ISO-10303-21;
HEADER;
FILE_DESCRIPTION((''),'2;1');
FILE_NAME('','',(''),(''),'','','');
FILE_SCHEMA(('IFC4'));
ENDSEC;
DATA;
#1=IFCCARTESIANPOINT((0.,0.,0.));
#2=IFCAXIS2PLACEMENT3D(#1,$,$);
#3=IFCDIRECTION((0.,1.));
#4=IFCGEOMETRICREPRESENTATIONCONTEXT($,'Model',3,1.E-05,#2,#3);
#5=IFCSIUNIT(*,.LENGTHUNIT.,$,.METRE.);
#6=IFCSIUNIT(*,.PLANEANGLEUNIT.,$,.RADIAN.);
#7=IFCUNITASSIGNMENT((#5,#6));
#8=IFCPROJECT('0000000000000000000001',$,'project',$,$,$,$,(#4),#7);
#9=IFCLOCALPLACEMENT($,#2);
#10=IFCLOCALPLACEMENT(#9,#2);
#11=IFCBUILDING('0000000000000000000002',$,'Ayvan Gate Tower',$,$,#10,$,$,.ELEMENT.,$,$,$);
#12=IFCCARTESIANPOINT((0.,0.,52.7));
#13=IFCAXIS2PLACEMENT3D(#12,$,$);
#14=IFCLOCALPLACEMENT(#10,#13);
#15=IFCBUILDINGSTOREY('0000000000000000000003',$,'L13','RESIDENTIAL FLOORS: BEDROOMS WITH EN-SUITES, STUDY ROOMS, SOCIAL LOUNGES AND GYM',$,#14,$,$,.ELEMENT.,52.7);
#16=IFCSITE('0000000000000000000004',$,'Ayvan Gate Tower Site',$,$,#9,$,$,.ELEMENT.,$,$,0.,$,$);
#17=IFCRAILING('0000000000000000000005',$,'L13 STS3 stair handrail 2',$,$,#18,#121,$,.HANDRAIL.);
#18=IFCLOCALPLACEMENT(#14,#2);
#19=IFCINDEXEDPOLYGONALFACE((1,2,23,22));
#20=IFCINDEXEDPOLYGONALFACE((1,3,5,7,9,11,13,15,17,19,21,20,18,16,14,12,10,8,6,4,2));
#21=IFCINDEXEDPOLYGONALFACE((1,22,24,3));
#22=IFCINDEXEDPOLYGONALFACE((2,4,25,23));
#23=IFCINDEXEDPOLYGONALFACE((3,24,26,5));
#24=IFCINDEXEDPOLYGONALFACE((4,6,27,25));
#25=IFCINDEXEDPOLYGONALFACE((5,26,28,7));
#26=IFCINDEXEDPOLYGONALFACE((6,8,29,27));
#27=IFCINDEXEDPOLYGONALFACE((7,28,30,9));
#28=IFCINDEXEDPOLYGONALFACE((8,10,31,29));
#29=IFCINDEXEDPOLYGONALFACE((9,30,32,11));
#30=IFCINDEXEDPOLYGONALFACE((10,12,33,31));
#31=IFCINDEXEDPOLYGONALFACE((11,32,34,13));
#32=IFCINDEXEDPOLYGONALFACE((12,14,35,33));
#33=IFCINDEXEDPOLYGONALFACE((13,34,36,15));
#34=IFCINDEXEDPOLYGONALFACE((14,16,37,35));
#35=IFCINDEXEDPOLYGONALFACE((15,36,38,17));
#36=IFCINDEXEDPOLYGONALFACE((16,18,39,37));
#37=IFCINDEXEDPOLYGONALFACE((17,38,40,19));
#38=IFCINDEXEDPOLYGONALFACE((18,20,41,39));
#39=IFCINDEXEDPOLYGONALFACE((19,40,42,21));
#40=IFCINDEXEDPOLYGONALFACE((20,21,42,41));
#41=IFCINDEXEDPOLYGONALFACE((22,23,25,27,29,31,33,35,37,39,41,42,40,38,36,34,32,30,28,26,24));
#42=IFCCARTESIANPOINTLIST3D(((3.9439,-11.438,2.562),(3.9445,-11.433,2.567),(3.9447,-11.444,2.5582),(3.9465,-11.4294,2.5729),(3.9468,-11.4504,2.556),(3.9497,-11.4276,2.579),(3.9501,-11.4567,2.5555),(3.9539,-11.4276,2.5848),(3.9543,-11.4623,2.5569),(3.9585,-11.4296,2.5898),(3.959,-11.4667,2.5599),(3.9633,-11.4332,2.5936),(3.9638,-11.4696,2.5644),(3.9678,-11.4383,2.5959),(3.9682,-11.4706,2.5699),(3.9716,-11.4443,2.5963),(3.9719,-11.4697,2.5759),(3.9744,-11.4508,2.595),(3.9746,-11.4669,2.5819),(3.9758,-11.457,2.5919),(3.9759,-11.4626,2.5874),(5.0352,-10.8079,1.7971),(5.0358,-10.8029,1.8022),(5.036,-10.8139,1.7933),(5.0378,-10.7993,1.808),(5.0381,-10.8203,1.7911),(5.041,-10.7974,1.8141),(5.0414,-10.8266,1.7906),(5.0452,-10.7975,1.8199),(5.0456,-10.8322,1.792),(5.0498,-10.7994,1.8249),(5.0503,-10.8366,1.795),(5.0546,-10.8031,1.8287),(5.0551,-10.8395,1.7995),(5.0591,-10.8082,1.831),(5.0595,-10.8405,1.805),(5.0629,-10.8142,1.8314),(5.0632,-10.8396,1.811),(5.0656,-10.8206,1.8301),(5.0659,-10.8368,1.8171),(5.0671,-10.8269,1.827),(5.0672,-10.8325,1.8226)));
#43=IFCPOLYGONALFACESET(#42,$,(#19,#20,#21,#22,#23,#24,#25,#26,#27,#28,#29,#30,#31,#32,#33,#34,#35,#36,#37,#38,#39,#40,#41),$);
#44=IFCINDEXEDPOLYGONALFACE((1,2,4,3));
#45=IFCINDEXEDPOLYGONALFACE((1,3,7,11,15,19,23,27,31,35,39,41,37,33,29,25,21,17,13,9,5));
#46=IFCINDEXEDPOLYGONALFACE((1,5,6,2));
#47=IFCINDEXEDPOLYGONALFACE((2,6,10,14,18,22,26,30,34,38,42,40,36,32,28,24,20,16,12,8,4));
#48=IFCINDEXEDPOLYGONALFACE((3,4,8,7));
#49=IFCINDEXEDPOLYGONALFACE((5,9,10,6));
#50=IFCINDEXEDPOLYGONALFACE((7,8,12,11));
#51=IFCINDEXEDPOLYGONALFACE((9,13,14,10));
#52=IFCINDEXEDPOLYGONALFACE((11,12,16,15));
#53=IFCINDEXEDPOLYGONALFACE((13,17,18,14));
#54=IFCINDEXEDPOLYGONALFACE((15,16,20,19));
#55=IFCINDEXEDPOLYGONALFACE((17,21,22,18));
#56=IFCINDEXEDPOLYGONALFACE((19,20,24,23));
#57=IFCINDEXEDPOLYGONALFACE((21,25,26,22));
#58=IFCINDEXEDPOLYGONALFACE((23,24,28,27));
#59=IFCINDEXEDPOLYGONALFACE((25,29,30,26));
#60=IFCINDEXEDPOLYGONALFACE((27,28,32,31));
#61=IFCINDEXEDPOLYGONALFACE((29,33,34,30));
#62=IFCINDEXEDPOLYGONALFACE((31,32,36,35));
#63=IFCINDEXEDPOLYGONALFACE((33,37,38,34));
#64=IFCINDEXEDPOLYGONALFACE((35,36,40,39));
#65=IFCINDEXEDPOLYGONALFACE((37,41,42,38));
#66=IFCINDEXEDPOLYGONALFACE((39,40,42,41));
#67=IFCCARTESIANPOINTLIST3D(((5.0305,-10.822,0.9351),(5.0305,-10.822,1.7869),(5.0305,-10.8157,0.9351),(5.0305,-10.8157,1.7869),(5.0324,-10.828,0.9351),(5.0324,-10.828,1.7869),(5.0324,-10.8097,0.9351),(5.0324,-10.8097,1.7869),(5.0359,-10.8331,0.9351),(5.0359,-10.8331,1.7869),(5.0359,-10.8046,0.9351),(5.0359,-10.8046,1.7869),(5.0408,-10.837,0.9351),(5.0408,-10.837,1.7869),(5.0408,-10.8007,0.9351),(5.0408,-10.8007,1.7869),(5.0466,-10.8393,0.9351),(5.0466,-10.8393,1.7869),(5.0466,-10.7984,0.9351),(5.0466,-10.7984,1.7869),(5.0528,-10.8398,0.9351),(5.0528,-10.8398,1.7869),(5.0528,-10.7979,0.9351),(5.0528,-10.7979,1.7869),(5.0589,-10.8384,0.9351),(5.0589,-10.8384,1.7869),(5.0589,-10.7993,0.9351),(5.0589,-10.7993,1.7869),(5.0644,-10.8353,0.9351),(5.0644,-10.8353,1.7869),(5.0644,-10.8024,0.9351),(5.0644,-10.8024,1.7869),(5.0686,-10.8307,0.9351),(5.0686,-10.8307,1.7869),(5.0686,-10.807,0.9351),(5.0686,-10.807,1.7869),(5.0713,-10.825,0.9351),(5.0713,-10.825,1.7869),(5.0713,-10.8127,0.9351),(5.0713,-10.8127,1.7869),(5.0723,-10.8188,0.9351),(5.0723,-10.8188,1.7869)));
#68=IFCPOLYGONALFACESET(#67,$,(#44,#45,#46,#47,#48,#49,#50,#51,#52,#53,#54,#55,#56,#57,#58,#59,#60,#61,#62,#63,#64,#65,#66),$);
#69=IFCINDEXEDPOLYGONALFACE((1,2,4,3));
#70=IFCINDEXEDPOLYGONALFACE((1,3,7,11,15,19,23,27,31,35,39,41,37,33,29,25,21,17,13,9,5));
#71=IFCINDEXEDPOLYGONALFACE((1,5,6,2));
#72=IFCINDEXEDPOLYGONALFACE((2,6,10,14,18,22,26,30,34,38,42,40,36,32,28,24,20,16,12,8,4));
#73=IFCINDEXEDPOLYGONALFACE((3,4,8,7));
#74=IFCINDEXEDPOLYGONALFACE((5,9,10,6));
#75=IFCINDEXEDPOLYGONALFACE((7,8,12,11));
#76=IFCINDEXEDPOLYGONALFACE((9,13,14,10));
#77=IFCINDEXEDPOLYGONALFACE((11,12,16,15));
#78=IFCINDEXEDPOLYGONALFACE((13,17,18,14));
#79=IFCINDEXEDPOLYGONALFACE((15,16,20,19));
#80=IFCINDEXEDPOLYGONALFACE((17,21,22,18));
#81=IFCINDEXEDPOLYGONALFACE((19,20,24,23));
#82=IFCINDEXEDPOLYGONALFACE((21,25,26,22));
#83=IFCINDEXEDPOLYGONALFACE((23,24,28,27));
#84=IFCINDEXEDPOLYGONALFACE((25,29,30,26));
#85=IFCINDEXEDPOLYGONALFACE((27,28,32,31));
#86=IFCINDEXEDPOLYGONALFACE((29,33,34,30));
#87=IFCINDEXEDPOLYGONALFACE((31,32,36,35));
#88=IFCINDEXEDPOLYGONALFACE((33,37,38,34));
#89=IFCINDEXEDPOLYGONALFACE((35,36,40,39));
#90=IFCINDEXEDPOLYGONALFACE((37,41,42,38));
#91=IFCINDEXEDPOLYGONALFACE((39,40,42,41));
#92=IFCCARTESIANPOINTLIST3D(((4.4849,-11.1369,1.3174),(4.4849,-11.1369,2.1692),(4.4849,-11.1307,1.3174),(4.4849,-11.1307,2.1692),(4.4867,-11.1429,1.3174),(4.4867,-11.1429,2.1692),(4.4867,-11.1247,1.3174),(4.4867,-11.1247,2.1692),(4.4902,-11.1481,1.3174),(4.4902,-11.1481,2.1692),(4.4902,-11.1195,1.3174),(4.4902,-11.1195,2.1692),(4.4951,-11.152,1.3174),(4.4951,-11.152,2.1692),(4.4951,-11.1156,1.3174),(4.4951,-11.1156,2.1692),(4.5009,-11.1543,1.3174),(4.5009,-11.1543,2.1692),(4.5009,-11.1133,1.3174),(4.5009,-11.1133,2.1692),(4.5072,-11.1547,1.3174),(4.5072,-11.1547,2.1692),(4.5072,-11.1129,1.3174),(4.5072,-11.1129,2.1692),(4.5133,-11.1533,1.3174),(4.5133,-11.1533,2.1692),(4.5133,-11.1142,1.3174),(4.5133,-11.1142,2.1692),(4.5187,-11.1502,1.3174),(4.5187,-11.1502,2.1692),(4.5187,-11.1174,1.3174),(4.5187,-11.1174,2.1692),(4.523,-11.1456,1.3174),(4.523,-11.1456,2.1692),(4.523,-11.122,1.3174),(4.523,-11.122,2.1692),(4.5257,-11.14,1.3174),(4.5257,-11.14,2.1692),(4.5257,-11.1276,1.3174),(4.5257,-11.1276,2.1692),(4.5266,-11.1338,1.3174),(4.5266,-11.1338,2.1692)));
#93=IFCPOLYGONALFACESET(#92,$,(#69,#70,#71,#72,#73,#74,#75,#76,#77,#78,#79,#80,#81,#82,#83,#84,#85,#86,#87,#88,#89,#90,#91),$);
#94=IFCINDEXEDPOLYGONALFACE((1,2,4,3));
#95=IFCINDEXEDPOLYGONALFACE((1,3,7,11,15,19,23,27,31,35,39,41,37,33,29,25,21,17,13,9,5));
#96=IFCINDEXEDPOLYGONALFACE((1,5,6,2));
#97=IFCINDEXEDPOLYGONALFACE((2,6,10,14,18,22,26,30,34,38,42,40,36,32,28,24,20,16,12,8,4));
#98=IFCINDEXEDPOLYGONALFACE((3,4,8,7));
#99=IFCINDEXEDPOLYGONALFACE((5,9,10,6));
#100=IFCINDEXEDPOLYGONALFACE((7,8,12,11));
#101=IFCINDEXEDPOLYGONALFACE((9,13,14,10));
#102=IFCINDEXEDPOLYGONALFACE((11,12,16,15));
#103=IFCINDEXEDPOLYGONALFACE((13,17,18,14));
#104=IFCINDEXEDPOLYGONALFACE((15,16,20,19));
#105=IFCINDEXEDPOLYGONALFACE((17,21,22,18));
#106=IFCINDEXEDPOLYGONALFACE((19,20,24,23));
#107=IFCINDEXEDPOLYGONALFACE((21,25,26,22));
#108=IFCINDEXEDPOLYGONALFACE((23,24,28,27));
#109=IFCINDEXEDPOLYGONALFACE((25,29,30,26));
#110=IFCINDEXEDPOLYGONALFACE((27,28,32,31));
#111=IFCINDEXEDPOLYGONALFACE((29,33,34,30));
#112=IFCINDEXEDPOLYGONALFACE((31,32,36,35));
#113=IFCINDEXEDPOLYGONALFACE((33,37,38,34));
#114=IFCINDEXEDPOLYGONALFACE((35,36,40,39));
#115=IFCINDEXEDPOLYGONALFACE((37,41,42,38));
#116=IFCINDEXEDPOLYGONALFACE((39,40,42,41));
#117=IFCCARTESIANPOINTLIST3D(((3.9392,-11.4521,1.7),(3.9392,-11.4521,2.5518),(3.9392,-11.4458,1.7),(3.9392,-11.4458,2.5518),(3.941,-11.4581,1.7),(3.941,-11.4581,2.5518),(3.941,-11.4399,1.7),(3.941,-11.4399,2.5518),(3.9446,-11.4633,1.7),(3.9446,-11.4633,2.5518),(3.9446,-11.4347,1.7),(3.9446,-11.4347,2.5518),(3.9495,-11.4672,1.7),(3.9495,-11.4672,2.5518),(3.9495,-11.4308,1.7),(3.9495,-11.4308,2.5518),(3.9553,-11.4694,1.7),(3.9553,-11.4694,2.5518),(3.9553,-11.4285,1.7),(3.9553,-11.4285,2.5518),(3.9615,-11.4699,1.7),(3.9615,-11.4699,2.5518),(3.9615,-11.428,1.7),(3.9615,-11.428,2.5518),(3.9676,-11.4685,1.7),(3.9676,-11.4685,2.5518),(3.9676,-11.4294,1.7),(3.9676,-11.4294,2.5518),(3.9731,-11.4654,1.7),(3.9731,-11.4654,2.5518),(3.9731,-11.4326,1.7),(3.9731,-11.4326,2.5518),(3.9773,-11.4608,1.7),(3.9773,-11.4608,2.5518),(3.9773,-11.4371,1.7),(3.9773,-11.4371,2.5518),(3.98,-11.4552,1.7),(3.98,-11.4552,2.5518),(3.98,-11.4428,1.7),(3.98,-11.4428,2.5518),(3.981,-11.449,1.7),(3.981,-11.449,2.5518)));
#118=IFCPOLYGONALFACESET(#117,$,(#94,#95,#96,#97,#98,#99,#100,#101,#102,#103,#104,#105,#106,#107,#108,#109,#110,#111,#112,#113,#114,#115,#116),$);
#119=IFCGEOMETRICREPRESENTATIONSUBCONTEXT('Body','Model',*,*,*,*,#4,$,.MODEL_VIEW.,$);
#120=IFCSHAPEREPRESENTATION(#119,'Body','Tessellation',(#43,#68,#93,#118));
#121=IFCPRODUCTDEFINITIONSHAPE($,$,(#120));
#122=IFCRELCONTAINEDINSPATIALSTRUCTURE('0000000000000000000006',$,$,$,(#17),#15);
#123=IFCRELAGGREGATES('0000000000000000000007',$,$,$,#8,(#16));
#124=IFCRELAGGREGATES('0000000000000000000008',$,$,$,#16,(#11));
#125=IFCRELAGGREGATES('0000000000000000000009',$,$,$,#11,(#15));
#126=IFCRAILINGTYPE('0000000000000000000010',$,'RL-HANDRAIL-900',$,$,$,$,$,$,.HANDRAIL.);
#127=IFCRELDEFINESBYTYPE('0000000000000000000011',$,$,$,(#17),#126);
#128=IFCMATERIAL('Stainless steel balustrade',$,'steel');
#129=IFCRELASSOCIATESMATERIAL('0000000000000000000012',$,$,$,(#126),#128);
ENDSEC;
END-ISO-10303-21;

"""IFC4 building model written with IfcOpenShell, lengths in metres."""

from ifc_helpers import new_model, si_unit, direction, frame, origin, origin_2d, place, context, subcontext, project, spatial, circle, extrude, material, type_object, element, save


model = new_model("IFC4")

# Units and contexts
model_context = context("Model", 3, precision=1e-05, world=origin(), true_north=direction((0.0, 1.0)))
body_context = subcontext(model_context, "Body", "Model", "MODEL_VIEW")
ifc_project = project(units=[si_unit("LENGTHUNIT", "METRE"), si_unit("PLANEANGLEUNIT", "RADIAN")], contexts=[model_context])

# Site, building, storey
site_placement = place(None, origin())
site = spatial("IfcSite", under=ifc_project, at=site_placement, Name="Ayvan Gate Tower Site", CompositionType="ELEMENT", RefElevation=0.0)
building_placement = place(site_placement, origin())
building = spatial("IfcBuilding", under=site, at=building_placement, Name="Ayvan Gate Tower", CompositionType="ELEMENT")
storey_placement = place(building_placement, frame((0.0, 0.0, 52.7)))
storey = spatial("IfcBuildingStorey", under=building, at=storey_placement, Name="L13", Description="RESIDENTIAL FLOORS: BEDROOMS WITH EN-SUITES, STUDY ROOMS, SOCIAL LOUNGES AND GYM", CompositionType="ELEMENT", Elevation=52.7)

# Railing
ifc_material_1 = material(Name="Stainless steel balustrade", Category="steel")
railing_type_1 = type_object("IfcRailingType", Name="RL-HANDRAIL-900", PredefinedType="HANDRAIL", material=ifc_material_1)
railing_1_placement = place(storey_placement, frame((5.0513, -10.8188, 0.9351)))
element("IfcRailing", 1, at=railing_1_placement, inside=storey, type_object=railing_type_1, Name="L13 STS3 stair handrail 2", PredefinedType="HANDRAIL", context=body_context, shape_type="SweptSolid", body=[
    extrude(circle(Radius=0.0239, at=origin_2d()), frame((0.0, 0.0, 0.876), z_axis=(-0.740304, -0.427455, 0.518875), x_axis=(0.500035, -0.866005, 0.0)), (0.0, 0.0, 1.0), 1.4741),
    extrude(circle(Radius=0.021, at=origin_2d()), origin(), (0.0, 0.0, 1.0), 0.8518),
    extrude(circle(Radius=0.021, at=origin_2d()), frame((-0.5457, -0.3149, 0.3823)), (0.0, 0.0, 1.0), 0.8518),
    extrude(circle(Radius=0.021, at=origin_2d()), frame((-1.0913, -0.6301, 0.7649)), (0.0, 0.0, 1.0), 0.8518),
])

save(model, "model.ifc")
